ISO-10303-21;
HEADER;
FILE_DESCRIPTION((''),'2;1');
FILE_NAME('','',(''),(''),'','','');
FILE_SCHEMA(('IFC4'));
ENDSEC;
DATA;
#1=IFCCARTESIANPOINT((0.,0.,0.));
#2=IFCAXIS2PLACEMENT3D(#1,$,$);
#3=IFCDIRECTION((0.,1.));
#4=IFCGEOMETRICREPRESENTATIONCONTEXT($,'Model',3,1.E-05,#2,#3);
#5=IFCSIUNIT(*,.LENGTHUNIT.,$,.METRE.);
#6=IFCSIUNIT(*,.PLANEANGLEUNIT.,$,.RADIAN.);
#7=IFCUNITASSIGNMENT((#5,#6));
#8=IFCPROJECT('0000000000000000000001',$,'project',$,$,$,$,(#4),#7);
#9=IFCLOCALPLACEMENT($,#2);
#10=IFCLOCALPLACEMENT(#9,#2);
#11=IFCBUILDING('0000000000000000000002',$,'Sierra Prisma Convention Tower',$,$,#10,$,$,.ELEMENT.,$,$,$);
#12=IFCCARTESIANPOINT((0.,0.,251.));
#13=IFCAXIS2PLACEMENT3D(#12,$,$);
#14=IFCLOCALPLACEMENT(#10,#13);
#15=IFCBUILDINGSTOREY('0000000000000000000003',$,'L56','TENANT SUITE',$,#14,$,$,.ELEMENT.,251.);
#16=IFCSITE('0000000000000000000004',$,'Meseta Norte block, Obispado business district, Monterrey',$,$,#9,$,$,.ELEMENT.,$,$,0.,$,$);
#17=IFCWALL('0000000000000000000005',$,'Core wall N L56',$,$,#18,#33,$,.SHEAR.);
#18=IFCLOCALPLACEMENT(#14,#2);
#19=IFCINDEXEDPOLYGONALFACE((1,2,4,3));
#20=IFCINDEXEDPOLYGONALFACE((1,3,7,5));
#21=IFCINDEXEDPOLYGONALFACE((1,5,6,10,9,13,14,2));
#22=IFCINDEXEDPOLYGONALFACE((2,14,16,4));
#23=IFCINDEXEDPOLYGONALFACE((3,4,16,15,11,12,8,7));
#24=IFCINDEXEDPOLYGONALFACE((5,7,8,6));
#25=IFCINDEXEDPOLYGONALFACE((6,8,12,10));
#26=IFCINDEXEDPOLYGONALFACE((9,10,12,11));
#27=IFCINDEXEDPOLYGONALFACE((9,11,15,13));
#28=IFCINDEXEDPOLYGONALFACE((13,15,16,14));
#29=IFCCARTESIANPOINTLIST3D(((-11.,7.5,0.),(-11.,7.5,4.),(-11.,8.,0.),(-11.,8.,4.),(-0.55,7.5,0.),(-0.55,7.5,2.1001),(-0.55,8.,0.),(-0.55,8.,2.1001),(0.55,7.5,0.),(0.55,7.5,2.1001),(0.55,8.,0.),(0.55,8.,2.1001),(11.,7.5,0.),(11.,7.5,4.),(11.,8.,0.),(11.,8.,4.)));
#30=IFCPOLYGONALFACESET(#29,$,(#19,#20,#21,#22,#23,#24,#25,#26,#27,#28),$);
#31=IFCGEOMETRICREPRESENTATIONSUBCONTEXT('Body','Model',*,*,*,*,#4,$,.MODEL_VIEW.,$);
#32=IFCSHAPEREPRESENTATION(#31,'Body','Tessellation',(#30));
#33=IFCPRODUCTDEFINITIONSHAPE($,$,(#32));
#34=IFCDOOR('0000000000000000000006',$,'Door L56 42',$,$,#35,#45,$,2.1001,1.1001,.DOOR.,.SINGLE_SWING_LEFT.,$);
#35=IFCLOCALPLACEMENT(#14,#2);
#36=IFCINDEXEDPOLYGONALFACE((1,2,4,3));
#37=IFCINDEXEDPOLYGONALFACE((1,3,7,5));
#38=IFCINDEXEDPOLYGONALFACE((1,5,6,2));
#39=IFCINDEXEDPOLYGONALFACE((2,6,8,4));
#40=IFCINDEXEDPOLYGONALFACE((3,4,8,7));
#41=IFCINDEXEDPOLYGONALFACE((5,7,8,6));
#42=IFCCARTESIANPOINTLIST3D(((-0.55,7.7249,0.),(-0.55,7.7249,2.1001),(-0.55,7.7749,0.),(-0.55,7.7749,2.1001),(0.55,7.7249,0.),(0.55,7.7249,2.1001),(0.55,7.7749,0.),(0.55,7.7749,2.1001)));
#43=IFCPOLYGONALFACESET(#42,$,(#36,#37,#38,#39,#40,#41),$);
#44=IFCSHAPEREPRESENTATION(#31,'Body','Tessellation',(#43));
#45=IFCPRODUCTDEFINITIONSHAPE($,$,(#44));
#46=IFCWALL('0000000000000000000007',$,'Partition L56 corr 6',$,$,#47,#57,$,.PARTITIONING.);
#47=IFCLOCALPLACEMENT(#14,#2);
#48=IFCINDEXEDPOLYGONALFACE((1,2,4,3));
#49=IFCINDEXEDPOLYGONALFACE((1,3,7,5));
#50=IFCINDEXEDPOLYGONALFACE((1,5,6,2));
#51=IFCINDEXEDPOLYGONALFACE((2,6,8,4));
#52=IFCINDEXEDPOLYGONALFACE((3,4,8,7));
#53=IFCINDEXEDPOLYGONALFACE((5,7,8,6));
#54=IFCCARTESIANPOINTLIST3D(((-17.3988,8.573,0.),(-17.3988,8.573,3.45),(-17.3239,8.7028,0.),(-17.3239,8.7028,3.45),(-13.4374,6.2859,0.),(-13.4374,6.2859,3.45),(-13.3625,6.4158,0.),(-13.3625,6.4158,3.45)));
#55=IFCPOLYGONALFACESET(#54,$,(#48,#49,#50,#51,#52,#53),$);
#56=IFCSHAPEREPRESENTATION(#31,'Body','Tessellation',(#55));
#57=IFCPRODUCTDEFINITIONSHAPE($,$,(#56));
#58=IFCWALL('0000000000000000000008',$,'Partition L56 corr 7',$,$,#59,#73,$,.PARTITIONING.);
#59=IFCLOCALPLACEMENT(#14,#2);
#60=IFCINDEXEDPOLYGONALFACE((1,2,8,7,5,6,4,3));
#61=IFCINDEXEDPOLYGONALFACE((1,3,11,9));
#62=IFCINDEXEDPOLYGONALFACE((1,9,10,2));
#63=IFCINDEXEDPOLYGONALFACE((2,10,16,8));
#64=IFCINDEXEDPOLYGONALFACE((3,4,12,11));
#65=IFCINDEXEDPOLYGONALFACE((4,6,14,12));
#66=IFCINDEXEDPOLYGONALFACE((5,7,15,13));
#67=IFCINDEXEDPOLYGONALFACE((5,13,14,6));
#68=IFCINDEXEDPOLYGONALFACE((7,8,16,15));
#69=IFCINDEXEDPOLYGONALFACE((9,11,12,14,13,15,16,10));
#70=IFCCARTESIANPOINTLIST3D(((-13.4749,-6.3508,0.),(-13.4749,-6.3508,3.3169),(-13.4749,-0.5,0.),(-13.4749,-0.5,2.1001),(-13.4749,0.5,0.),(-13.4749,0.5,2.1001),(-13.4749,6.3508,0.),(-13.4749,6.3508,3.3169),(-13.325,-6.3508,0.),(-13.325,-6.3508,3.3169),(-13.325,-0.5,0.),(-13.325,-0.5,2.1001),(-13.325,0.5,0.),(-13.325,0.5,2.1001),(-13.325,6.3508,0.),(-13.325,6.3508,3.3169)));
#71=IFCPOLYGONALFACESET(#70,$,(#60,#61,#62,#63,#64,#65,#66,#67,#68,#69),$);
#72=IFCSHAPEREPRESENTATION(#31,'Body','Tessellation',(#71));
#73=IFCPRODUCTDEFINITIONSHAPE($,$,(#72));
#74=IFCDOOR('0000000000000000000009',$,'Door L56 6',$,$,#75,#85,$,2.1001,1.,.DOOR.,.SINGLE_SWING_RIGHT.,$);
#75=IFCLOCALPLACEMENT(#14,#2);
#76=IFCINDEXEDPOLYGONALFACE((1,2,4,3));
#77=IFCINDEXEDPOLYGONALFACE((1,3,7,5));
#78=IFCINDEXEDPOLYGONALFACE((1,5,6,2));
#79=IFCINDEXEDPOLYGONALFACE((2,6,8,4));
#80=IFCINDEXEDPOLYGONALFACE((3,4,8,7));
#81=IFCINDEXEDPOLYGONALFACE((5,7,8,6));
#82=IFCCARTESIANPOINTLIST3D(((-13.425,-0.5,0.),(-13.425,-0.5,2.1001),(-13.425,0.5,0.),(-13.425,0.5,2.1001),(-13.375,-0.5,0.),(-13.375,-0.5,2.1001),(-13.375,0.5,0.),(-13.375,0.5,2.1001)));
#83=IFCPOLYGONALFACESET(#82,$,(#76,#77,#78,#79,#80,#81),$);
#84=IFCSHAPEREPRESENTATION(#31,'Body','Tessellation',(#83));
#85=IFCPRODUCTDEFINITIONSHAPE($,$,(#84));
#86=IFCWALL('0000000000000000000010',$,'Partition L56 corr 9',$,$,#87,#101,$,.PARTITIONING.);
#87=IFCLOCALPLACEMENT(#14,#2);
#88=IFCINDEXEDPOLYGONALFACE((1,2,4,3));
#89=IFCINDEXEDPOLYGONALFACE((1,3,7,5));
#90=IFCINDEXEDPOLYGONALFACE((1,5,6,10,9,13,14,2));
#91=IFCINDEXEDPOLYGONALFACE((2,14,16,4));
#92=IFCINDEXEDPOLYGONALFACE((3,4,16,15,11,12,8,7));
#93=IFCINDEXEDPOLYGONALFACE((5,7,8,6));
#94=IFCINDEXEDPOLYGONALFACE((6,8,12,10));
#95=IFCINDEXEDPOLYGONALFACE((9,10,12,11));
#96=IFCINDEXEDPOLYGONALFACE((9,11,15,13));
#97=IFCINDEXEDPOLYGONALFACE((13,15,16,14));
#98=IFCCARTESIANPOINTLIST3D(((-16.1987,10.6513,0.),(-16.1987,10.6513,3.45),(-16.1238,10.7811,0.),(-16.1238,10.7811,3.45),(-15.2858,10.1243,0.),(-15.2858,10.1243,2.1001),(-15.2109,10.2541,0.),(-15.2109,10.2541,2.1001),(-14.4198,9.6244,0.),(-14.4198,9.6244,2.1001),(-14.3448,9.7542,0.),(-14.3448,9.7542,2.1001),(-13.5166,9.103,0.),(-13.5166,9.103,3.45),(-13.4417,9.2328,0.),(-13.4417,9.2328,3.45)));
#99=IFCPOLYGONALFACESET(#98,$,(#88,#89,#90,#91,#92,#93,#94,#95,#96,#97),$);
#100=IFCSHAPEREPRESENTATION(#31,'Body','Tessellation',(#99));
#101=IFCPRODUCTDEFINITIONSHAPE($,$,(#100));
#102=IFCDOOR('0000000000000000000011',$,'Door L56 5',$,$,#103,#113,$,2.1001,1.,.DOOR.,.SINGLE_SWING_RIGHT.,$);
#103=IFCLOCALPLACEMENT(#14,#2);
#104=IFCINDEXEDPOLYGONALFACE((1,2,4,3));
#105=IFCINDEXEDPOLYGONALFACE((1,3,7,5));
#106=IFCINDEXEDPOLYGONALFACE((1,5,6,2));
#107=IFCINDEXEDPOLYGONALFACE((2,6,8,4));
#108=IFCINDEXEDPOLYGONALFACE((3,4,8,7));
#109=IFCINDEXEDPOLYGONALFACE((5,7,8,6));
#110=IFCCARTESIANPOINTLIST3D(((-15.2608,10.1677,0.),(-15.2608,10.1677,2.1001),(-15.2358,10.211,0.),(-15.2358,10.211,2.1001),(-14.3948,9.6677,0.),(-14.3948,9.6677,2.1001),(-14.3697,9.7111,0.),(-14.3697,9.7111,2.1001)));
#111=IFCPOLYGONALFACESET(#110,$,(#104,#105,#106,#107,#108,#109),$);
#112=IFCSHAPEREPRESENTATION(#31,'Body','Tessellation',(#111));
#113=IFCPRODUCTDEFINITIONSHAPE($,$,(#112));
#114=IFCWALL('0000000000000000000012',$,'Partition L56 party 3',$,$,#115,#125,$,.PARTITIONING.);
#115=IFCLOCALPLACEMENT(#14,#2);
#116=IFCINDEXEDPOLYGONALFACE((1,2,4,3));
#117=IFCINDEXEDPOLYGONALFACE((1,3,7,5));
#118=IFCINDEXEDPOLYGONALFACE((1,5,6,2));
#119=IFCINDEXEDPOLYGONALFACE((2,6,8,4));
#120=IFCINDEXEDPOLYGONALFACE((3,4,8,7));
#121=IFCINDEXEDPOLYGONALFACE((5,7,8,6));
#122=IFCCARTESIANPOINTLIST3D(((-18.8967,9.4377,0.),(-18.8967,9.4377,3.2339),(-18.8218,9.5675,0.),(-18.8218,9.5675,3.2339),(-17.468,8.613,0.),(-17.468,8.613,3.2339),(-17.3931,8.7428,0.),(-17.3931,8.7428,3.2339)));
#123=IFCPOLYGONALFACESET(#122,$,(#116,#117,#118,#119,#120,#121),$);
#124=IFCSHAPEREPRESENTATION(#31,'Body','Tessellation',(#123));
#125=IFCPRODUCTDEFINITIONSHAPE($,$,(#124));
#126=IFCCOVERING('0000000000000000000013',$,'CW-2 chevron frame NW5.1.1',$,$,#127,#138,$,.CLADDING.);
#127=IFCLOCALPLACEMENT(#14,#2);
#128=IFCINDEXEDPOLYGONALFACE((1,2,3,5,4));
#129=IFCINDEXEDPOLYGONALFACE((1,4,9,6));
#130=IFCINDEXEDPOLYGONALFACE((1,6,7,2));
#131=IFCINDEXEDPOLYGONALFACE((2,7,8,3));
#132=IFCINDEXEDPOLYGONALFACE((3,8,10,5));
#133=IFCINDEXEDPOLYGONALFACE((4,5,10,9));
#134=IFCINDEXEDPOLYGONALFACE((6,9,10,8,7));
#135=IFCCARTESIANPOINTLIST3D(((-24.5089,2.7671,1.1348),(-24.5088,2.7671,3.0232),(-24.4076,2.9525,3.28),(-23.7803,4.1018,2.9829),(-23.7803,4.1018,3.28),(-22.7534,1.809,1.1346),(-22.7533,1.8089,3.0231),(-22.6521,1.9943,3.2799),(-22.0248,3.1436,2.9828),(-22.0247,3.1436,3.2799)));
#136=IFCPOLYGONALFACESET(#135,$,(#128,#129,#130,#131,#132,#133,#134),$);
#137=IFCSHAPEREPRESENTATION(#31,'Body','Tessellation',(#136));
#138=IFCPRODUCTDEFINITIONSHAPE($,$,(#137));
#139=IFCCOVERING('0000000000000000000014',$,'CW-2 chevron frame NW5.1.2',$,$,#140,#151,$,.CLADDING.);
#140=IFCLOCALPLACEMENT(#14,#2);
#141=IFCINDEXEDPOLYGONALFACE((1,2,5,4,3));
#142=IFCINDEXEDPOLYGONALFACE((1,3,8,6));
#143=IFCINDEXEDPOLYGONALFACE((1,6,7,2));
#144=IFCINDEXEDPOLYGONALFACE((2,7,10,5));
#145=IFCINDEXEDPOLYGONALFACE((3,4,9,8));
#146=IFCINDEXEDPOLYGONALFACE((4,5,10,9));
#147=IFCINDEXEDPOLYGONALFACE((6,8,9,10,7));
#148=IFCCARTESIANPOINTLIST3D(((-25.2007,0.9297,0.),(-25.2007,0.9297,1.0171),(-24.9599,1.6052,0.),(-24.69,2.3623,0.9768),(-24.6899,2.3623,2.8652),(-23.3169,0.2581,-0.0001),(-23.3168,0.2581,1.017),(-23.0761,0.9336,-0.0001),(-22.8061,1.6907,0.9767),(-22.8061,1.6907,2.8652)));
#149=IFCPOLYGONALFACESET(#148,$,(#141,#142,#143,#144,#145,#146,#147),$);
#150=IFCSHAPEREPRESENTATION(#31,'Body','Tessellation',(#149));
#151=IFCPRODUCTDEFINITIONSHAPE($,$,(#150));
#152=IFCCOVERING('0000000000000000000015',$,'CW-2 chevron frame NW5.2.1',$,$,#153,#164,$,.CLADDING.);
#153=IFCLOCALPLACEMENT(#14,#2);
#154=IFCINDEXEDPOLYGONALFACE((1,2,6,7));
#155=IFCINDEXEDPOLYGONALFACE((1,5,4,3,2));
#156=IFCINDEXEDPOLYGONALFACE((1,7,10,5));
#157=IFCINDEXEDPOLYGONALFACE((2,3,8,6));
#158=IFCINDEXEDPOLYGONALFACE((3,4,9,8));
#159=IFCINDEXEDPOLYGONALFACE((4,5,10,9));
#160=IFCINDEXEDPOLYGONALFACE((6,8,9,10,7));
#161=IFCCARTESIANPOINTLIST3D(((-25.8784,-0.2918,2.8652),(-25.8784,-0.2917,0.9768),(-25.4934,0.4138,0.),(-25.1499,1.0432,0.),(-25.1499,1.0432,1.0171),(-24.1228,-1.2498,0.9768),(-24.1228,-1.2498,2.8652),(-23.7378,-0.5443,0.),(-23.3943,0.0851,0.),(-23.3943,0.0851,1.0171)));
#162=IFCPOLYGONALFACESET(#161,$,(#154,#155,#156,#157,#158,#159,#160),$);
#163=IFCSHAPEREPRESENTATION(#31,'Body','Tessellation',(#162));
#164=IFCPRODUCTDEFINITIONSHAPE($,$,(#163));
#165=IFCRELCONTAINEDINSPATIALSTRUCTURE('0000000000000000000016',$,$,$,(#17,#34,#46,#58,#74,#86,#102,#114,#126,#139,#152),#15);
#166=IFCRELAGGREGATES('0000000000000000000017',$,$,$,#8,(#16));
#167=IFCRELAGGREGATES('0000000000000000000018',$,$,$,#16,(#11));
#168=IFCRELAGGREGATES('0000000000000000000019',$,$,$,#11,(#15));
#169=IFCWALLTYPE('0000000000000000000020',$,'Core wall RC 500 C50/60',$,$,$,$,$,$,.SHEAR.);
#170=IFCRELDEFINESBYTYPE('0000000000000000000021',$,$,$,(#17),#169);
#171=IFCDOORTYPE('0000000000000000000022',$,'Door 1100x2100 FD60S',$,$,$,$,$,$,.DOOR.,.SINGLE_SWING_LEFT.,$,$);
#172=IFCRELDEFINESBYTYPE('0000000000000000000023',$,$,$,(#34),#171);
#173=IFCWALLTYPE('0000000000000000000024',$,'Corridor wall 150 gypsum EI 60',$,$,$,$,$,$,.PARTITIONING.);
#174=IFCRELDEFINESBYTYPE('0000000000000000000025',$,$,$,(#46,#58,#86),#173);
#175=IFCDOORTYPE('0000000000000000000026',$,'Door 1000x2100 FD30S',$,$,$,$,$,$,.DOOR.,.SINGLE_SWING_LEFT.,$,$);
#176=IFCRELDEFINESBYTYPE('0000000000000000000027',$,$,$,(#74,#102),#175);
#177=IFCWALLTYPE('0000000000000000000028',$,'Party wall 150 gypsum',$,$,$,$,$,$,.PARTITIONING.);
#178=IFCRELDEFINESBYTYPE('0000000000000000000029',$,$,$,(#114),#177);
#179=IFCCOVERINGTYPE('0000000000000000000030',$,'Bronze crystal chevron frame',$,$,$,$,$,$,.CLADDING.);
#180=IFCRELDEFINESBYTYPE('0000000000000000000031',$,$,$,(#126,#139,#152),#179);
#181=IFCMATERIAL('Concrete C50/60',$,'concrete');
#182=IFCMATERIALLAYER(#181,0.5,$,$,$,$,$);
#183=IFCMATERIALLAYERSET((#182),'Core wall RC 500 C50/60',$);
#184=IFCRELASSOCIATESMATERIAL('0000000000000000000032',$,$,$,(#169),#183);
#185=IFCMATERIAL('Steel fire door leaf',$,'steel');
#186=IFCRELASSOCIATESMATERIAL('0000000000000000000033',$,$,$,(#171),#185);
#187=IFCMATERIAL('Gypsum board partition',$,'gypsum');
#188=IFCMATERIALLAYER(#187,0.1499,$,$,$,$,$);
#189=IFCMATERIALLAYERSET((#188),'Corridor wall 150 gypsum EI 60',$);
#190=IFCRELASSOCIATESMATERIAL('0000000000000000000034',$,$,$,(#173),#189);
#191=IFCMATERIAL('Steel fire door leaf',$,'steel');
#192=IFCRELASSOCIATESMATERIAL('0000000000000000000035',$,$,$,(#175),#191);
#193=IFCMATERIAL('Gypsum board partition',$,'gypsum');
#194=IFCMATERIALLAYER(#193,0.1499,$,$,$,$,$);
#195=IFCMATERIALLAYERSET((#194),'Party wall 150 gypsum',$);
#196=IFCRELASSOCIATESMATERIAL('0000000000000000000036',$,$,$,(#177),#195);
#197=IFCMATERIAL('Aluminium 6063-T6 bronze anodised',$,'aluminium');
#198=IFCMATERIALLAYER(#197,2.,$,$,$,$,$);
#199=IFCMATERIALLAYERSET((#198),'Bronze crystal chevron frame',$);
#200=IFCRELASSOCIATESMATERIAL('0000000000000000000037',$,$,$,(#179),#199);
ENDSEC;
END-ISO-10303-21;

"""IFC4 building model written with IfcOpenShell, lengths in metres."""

from ifc_helpers import new_model, si_unit, direction, frame, frame_2d, origin, place, context, subcontext, project, spatial, polyline, rectangle, outline, extrude, material, layer, layer_set, type_object, element, fill, save


model = new_model("IFC4")

# Units and contexts
model_context = context("Model", 3, precision=1e-05, world=origin(), true_north=direction((0.0, 1.0)))
body_context = subcontext(model_context, "Body", "Model", "MODEL_VIEW")
ifc_project = project(units=[si_unit("LENGTHUNIT", "METRE"), si_unit("PLANEANGLEUNIT", "RADIAN")], contexts=[model_context])

# Site, building, storey
site_placement = place(None, origin())
site = spatial("IfcSite", under=ifc_project, at=site_placement, Name="Meseta Norte block, Obispado business district, Monterrey", CompositionType="ELEMENT", RefElevation=0.0)
building_placement = place(site_placement, origin())
building = spatial("IfcBuilding", under=site, at=building_placement, Name="Sierra Prisma Convention Tower", CompositionType="ELEMENT")
storey_placement = place(building_placement, frame((0.0, 0.0, 251.0)))
storey = spatial("IfcBuildingStorey", under=building, at=storey_placement, Name="L56", Description="TENANT SUITE", CompositionType="ELEMENT", Elevation=251.0)

# Wall, opening, door
ifc_material_1 = material(Name="Concrete C50/60", Category="concrete")
ifc_layer_1 = layer(ifc_material_1, 0.5)
ifc_layer_set_1 = layer_set([ifc_layer_1], Name="Core wall RC 500 C50/60")
wall_type_1 = type_object("IfcWallType", Name="Core wall RC 500 C50/60", PredefinedType="SHEAR", material=ifc_layer_set_1)
wall_1_placement = place(storey_placement, frame((-11.0, 7.75, 0.0), z_axis=(0.0, 0.0, 1.0), x_axis=(1.0, 0.0, 0.0)))
wall_1 = element("IfcWall", 1, at=wall_1_placement, inside=storey, type_object=wall_type_1, Name="Core wall N L56", PredefinedType="SHEAR", context=body_context, shape_type="SweptSolid", body=[
    extrude(rectangle(XDim=22.0, YDim=0.5, at=frame_2d((11.0, 0.0))), origin(), (0.0, 0.0, 1.0), 4.0),
])
opening_1_placement = place(wall_1_placement, frame((10.45, 0.0, 0.0)))
opening_1 = element("IfcOpeningElement", 2, at=opening_1_placement, cuts=wall_1, PredefinedType="OPENING", context=body_context, shape_type="SweptSolid", body=[
    extrude(rectangle(XDim=1.1001, YDim=2.1001, at=frame_2d((0.55, 1.05))), frame((0.0, 0.25, 0.0), z_axis=(0.0, -1.0, 0.0), x_axis=(1.0, 0.0, 0.0)), (0.0, 0.0, 1.0), 0.5),
])
ifc_material_2 = material(Name="Steel fire door leaf", Category="steel")
door_type_1 = type_object("IfcDoorType", Name="Door 1100x2100 FD60S", OperationType="SINGLE_SWING_LEFT", PredefinedType="DOOR", material=ifc_material_2)
door_1_placement = place(opening_1_placement, origin())
door_1 = element("IfcDoor", 3, at=door_1_placement, inside=storey, type_object=door_type_1, Name="Door L56 42", OperationType="SINGLE_SWING_LEFT", OverallHeight=2.1001, OverallWidth=1.1001, PredefinedType="DOOR", context=body_context, shape_type="SweptSolid", body=[
    extrude(rectangle(XDim=1.1001, YDim=2.1001, at=frame_2d((0.55, 1.05))), frame((0.0, 0.0249, 0.0), z_axis=(0.0, -1.0, 0.0), x_axis=(1.0, 0.0, 0.0)), (0.0, 0.0, 1.0), 0.05),
])
fill(opening_1, door_1)

# Wall
ifc_material_3 = material(Name="Gypsum board partition", Category="gypsum")
ifc_layer_2 = layer(ifc_material_3, 0.1499)
ifc_layer_set_2 = layer_set([ifc_layer_2], Name="Corridor wall 150 gypsum EI 60")
wall_type_2 = type_object("IfcWallType", Name="Corridor wall 150 gypsum EI 60", PredefinedType="PARTITIONING", material=ifc_layer_set_2)
wall_2_placement = place(storey_placement, frame((-17.3613, 8.6379, 0.0), z_axis=(0.0, 0.0, 1.0), x_axis=(0.866027, -0.499997, 0.0)))
element("IfcWall", 4, at=wall_2_placement, inside=storey, type_object=wall_type_2, Name="Partition L56 corr 6", PredefinedType="PARTITIONING", context=body_context, shape_type="SweptSolid", body=[
    extrude(rectangle(XDim=4.5742, YDim=0.1499, at=frame_2d((2.2871, 0.0))), origin(), (0.0, 0.0, 1.0), 3.45),
])

# Walls, openings, doors
wall_3_placement = place(storey_placement, frame((-13.3999, 6.3508, 0.0), z_axis=(0.0, 0.0, 1.0), x_axis=(0.0, -1.0, 0.0)))
wall_3 = element("IfcWall", 5, at=wall_3_placement, inside=storey, type_object=wall_type_2, Name="Partition L56 corr 7", PredefinedType="PARTITIONING", context=body_context, shape_type="SweptSolid", body=[
    extrude(rectangle(XDim=12.7017, YDim=0.1499, at=frame_2d((6.3508, 0.0))), origin(), (0.0, 0.0, 1.0), 3.3169),
])
opening_2_placement = place(wall_3_placement, frame((5.8508, 0.0, 0.0)))
opening_2 = element("IfcOpeningElement", 6, at=opening_2_placement, cuts=wall_3, PredefinedType="OPENING", context=body_context, shape_type="SweptSolid", body=[
    extrude(rectangle(XDim=1.0, YDim=2.1001, at=frame_2d((0.5, 1.05))), frame((0.0, 0.075, 0.0), z_axis=(0.0, -1.0, 0.0), x_axis=(1.0, 0.0, 0.0)), (0.0, 0.0, 1.0), 0.1499),
])
ifc_material_4 = material(Name="Steel fire door leaf", Category="steel")
door_type_2 = type_object("IfcDoorType", Name="Door 1000x2100 FD30S", OperationType="SINGLE_SWING_LEFT", PredefinedType="DOOR", material=ifc_material_4)
door_2_placement = place(opening_2_placement, origin())
door_2 = element("IfcDoor", 7, at=door_2_placement, inside=storey, type_object=door_type_2, Name="Door L56 6", OperationType="SINGLE_SWING_RIGHT", OverallHeight=2.1001, OverallWidth=1.0, PredefinedType="DOOR", context=body_context, shape_type="SweptSolid", body=[
    extrude(rectangle(XDim=1.0, YDim=2.1001, at=frame_2d((0.5, 1.05))), frame((0.0, 0.0249, 0.0), z_axis=(0.0, -1.0, 0.0), x_axis=(1.0, 0.0, 0.0)), (0.0, 0.0, 1.0), 0.05),
])
fill(opening_2, door_2)
wall_4_placement = place(storey_placement, frame((-13.4792, 9.168, 0.0), z_axis=(0.0, 0.0, 1.0), x_axis=(-0.866052, 0.499954, 0.0)))
wall_4 = element("IfcWall", 8, at=wall_4_placement, inside=storey, type_object=wall_type_2, Name="Partition L56 corr 9", PredefinedType="PARTITIONING", context=body_context, shape_type="SweptSolid", body=[
    extrude(rectangle(XDim=3.0969, YDim=0.1499, at=frame_2d((1.5483, 0.0))), origin(), (0.0, 0.0, 1.0), 3.45),
])
opening_3_placement = place(wall_4_placement, frame((1.0427, 0.0, 0.0)))
opening_3 = element("IfcOpeningElement", 9, at=opening_3_placement, cuts=wall_4, PredefinedType="OPENING", context=body_context, shape_type="SweptSolid", body=[
    extrude(rectangle(XDim=1.0, YDim=2.1001, at=frame_2d((0.5, 1.05))), frame((0.0, 0.075, 0.0), z_axis=(0.0, -1.0, 0.0), x_axis=(1.0, 0.0, 0.0)), (0.0, 0.0, 1.0), 0.1499),
])
door_3_placement = place(opening_3_placement, origin())
door_3 = element("IfcDoor", 10, at=door_3_placement, inside=storey, type_object=door_type_2, Name="Door L56 5", OperationType="SINGLE_SWING_RIGHT", OverallHeight=2.1001, OverallWidth=1.0, PredefinedType="DOOR", context=body_context, shape_type="SweptSolid", body=[
    extrude(rectangle(XDim=1.0, YDim=2.1001, at=frame_2d((0.5, 1.05))), frame((0.0, 0.0249, 0.0), z_axis=(0.0, -1.0, 0.0), x_axis=(1.0, 0.0, 0.0)), (0.0, 0.0, 1.0), 0.05),
])
fill(opening_3, door_3)

# Wall
ifc_material_5 = material(Name="Gypsum board partition", Category="gypsum")
ifc_layer_3 = layer(ifc_material_5, 0.1499)
ifc_layer_set_3 = layer_set([ifc_layer_3], Name="Party wall 150 gypsum")
wall_type_3 = type_object("IfcWallType", Name="Party wall 150 gypsum", PredefinedType="PARTITIONING", material=ifc_layer_set_3)
wall_5_placement = place(storey_placement, frame((-17.4307, 8.678, 0.0), z_axis=(0.0, 0.0, 1.0), x_axis=(-0.866067, 0.499927, 0.0)))
element("IfcWall", 11, at=wall_5_placement, inside=storey, type_object=wall_type_3, Name="Partition L56 party 3", PredefinedType="PARTITIONING", context=body_context, shape_type="SweptSolid", body=[
    extrude(rectangle(XDim=1.6497, YDim=0.1499, at=frame_2d((0.8247, 0.0))), origin(), (0.0, 0.0, 1.0), 3.2339),
])

# Coverings
ifc_material_6 = material(Name="Aluminium 6063-T6 bronze anodised", Category="aluminium")
ifc_layer_4 = layer(ifc_material_6, 2.0)
ifc_layer_set_4 = layer_set([ifc_layer_4], Name="Bronze crystal chevron frame")
covering_type = type_object("IfcCoveringType", Name="Bronze crystal chevron frame", PredefinedType="CLADDING", material=ifc_layer_set_4)
covering_1_placement = place(storey_placement, frame((-23.7803, 4.1018, 3.28), z_axis=(-0.877766, 0.47909, 0.000064), x_axis=(-0.000056, 0.000031, -1.0)))
element("IfcCovering", 12, at=covering_1_placement, inside=storey, type_object=covering_type, Name="CW-2 chevron frame NW5.1.1", PredefinedType="CLADDING", context=body_context, shape_type="SweptSolid", body=[
    extrude(outline(polyline([(0.0, 0.0), (0.2971, 0.0), (2.1453, 1.5206), (0.2568, 1.5206), (0.0, 1.3094), (0.0, 0.0)])), origin(), (0.0, 0.0, -1.0), 2.0),
])
covering_2_placement = place(storey_placement, frame((-24.6899, 2.3623, 2.8652), z_axis=(-0.941937, 0.335788, 0.000032), x_axis=(-0.00003, 0.000011, -1.0)))
element("IfcCovering", 13, at=covering_2_placement, inside=storey, type_object=covering_type, Name="CW-2 chevron frame NW5.1.2", PredefinedType="CLADDING", context=body_context, shape_type="SweptSolid", body=[
    extrude(outline(polyline([(0.0, 0.0), (1.8884, 0.0), (2.8652, 0.8038), (2.8652, 1.5209), (1.8481, 1.5209), (0.0, 0.0)])), origin(), (0.0, 0.0, -1.0), 2.0),
])
covering_3_placement = place(storey_placement, frame((-25.1499, 1.0432, 0.0), z_axis=(-0.877795, 0.479037, 0.000008), x_axis=(-0.479037, -0.877795, 0.0)))
element("IfcCovering", 14, at=covering_3_placement, inside=storey, type_object=covering_type, Name="CW-2 chevron frame NW5.2.1", PredefinedType="CLADDING", context=body_context, shape_type="SweptSolid", body=[
    extrude(outline(polyline([(0.0, 0.0), (0.717, 0.0), (1.5208, 0.9768), (1.5208, 2.8652), (0.0, 1.0171), (0.0, 0.0)])), origin(), (0.0, 0.0, -1.0), 2.0),
])

save(model, "model.ifc")
